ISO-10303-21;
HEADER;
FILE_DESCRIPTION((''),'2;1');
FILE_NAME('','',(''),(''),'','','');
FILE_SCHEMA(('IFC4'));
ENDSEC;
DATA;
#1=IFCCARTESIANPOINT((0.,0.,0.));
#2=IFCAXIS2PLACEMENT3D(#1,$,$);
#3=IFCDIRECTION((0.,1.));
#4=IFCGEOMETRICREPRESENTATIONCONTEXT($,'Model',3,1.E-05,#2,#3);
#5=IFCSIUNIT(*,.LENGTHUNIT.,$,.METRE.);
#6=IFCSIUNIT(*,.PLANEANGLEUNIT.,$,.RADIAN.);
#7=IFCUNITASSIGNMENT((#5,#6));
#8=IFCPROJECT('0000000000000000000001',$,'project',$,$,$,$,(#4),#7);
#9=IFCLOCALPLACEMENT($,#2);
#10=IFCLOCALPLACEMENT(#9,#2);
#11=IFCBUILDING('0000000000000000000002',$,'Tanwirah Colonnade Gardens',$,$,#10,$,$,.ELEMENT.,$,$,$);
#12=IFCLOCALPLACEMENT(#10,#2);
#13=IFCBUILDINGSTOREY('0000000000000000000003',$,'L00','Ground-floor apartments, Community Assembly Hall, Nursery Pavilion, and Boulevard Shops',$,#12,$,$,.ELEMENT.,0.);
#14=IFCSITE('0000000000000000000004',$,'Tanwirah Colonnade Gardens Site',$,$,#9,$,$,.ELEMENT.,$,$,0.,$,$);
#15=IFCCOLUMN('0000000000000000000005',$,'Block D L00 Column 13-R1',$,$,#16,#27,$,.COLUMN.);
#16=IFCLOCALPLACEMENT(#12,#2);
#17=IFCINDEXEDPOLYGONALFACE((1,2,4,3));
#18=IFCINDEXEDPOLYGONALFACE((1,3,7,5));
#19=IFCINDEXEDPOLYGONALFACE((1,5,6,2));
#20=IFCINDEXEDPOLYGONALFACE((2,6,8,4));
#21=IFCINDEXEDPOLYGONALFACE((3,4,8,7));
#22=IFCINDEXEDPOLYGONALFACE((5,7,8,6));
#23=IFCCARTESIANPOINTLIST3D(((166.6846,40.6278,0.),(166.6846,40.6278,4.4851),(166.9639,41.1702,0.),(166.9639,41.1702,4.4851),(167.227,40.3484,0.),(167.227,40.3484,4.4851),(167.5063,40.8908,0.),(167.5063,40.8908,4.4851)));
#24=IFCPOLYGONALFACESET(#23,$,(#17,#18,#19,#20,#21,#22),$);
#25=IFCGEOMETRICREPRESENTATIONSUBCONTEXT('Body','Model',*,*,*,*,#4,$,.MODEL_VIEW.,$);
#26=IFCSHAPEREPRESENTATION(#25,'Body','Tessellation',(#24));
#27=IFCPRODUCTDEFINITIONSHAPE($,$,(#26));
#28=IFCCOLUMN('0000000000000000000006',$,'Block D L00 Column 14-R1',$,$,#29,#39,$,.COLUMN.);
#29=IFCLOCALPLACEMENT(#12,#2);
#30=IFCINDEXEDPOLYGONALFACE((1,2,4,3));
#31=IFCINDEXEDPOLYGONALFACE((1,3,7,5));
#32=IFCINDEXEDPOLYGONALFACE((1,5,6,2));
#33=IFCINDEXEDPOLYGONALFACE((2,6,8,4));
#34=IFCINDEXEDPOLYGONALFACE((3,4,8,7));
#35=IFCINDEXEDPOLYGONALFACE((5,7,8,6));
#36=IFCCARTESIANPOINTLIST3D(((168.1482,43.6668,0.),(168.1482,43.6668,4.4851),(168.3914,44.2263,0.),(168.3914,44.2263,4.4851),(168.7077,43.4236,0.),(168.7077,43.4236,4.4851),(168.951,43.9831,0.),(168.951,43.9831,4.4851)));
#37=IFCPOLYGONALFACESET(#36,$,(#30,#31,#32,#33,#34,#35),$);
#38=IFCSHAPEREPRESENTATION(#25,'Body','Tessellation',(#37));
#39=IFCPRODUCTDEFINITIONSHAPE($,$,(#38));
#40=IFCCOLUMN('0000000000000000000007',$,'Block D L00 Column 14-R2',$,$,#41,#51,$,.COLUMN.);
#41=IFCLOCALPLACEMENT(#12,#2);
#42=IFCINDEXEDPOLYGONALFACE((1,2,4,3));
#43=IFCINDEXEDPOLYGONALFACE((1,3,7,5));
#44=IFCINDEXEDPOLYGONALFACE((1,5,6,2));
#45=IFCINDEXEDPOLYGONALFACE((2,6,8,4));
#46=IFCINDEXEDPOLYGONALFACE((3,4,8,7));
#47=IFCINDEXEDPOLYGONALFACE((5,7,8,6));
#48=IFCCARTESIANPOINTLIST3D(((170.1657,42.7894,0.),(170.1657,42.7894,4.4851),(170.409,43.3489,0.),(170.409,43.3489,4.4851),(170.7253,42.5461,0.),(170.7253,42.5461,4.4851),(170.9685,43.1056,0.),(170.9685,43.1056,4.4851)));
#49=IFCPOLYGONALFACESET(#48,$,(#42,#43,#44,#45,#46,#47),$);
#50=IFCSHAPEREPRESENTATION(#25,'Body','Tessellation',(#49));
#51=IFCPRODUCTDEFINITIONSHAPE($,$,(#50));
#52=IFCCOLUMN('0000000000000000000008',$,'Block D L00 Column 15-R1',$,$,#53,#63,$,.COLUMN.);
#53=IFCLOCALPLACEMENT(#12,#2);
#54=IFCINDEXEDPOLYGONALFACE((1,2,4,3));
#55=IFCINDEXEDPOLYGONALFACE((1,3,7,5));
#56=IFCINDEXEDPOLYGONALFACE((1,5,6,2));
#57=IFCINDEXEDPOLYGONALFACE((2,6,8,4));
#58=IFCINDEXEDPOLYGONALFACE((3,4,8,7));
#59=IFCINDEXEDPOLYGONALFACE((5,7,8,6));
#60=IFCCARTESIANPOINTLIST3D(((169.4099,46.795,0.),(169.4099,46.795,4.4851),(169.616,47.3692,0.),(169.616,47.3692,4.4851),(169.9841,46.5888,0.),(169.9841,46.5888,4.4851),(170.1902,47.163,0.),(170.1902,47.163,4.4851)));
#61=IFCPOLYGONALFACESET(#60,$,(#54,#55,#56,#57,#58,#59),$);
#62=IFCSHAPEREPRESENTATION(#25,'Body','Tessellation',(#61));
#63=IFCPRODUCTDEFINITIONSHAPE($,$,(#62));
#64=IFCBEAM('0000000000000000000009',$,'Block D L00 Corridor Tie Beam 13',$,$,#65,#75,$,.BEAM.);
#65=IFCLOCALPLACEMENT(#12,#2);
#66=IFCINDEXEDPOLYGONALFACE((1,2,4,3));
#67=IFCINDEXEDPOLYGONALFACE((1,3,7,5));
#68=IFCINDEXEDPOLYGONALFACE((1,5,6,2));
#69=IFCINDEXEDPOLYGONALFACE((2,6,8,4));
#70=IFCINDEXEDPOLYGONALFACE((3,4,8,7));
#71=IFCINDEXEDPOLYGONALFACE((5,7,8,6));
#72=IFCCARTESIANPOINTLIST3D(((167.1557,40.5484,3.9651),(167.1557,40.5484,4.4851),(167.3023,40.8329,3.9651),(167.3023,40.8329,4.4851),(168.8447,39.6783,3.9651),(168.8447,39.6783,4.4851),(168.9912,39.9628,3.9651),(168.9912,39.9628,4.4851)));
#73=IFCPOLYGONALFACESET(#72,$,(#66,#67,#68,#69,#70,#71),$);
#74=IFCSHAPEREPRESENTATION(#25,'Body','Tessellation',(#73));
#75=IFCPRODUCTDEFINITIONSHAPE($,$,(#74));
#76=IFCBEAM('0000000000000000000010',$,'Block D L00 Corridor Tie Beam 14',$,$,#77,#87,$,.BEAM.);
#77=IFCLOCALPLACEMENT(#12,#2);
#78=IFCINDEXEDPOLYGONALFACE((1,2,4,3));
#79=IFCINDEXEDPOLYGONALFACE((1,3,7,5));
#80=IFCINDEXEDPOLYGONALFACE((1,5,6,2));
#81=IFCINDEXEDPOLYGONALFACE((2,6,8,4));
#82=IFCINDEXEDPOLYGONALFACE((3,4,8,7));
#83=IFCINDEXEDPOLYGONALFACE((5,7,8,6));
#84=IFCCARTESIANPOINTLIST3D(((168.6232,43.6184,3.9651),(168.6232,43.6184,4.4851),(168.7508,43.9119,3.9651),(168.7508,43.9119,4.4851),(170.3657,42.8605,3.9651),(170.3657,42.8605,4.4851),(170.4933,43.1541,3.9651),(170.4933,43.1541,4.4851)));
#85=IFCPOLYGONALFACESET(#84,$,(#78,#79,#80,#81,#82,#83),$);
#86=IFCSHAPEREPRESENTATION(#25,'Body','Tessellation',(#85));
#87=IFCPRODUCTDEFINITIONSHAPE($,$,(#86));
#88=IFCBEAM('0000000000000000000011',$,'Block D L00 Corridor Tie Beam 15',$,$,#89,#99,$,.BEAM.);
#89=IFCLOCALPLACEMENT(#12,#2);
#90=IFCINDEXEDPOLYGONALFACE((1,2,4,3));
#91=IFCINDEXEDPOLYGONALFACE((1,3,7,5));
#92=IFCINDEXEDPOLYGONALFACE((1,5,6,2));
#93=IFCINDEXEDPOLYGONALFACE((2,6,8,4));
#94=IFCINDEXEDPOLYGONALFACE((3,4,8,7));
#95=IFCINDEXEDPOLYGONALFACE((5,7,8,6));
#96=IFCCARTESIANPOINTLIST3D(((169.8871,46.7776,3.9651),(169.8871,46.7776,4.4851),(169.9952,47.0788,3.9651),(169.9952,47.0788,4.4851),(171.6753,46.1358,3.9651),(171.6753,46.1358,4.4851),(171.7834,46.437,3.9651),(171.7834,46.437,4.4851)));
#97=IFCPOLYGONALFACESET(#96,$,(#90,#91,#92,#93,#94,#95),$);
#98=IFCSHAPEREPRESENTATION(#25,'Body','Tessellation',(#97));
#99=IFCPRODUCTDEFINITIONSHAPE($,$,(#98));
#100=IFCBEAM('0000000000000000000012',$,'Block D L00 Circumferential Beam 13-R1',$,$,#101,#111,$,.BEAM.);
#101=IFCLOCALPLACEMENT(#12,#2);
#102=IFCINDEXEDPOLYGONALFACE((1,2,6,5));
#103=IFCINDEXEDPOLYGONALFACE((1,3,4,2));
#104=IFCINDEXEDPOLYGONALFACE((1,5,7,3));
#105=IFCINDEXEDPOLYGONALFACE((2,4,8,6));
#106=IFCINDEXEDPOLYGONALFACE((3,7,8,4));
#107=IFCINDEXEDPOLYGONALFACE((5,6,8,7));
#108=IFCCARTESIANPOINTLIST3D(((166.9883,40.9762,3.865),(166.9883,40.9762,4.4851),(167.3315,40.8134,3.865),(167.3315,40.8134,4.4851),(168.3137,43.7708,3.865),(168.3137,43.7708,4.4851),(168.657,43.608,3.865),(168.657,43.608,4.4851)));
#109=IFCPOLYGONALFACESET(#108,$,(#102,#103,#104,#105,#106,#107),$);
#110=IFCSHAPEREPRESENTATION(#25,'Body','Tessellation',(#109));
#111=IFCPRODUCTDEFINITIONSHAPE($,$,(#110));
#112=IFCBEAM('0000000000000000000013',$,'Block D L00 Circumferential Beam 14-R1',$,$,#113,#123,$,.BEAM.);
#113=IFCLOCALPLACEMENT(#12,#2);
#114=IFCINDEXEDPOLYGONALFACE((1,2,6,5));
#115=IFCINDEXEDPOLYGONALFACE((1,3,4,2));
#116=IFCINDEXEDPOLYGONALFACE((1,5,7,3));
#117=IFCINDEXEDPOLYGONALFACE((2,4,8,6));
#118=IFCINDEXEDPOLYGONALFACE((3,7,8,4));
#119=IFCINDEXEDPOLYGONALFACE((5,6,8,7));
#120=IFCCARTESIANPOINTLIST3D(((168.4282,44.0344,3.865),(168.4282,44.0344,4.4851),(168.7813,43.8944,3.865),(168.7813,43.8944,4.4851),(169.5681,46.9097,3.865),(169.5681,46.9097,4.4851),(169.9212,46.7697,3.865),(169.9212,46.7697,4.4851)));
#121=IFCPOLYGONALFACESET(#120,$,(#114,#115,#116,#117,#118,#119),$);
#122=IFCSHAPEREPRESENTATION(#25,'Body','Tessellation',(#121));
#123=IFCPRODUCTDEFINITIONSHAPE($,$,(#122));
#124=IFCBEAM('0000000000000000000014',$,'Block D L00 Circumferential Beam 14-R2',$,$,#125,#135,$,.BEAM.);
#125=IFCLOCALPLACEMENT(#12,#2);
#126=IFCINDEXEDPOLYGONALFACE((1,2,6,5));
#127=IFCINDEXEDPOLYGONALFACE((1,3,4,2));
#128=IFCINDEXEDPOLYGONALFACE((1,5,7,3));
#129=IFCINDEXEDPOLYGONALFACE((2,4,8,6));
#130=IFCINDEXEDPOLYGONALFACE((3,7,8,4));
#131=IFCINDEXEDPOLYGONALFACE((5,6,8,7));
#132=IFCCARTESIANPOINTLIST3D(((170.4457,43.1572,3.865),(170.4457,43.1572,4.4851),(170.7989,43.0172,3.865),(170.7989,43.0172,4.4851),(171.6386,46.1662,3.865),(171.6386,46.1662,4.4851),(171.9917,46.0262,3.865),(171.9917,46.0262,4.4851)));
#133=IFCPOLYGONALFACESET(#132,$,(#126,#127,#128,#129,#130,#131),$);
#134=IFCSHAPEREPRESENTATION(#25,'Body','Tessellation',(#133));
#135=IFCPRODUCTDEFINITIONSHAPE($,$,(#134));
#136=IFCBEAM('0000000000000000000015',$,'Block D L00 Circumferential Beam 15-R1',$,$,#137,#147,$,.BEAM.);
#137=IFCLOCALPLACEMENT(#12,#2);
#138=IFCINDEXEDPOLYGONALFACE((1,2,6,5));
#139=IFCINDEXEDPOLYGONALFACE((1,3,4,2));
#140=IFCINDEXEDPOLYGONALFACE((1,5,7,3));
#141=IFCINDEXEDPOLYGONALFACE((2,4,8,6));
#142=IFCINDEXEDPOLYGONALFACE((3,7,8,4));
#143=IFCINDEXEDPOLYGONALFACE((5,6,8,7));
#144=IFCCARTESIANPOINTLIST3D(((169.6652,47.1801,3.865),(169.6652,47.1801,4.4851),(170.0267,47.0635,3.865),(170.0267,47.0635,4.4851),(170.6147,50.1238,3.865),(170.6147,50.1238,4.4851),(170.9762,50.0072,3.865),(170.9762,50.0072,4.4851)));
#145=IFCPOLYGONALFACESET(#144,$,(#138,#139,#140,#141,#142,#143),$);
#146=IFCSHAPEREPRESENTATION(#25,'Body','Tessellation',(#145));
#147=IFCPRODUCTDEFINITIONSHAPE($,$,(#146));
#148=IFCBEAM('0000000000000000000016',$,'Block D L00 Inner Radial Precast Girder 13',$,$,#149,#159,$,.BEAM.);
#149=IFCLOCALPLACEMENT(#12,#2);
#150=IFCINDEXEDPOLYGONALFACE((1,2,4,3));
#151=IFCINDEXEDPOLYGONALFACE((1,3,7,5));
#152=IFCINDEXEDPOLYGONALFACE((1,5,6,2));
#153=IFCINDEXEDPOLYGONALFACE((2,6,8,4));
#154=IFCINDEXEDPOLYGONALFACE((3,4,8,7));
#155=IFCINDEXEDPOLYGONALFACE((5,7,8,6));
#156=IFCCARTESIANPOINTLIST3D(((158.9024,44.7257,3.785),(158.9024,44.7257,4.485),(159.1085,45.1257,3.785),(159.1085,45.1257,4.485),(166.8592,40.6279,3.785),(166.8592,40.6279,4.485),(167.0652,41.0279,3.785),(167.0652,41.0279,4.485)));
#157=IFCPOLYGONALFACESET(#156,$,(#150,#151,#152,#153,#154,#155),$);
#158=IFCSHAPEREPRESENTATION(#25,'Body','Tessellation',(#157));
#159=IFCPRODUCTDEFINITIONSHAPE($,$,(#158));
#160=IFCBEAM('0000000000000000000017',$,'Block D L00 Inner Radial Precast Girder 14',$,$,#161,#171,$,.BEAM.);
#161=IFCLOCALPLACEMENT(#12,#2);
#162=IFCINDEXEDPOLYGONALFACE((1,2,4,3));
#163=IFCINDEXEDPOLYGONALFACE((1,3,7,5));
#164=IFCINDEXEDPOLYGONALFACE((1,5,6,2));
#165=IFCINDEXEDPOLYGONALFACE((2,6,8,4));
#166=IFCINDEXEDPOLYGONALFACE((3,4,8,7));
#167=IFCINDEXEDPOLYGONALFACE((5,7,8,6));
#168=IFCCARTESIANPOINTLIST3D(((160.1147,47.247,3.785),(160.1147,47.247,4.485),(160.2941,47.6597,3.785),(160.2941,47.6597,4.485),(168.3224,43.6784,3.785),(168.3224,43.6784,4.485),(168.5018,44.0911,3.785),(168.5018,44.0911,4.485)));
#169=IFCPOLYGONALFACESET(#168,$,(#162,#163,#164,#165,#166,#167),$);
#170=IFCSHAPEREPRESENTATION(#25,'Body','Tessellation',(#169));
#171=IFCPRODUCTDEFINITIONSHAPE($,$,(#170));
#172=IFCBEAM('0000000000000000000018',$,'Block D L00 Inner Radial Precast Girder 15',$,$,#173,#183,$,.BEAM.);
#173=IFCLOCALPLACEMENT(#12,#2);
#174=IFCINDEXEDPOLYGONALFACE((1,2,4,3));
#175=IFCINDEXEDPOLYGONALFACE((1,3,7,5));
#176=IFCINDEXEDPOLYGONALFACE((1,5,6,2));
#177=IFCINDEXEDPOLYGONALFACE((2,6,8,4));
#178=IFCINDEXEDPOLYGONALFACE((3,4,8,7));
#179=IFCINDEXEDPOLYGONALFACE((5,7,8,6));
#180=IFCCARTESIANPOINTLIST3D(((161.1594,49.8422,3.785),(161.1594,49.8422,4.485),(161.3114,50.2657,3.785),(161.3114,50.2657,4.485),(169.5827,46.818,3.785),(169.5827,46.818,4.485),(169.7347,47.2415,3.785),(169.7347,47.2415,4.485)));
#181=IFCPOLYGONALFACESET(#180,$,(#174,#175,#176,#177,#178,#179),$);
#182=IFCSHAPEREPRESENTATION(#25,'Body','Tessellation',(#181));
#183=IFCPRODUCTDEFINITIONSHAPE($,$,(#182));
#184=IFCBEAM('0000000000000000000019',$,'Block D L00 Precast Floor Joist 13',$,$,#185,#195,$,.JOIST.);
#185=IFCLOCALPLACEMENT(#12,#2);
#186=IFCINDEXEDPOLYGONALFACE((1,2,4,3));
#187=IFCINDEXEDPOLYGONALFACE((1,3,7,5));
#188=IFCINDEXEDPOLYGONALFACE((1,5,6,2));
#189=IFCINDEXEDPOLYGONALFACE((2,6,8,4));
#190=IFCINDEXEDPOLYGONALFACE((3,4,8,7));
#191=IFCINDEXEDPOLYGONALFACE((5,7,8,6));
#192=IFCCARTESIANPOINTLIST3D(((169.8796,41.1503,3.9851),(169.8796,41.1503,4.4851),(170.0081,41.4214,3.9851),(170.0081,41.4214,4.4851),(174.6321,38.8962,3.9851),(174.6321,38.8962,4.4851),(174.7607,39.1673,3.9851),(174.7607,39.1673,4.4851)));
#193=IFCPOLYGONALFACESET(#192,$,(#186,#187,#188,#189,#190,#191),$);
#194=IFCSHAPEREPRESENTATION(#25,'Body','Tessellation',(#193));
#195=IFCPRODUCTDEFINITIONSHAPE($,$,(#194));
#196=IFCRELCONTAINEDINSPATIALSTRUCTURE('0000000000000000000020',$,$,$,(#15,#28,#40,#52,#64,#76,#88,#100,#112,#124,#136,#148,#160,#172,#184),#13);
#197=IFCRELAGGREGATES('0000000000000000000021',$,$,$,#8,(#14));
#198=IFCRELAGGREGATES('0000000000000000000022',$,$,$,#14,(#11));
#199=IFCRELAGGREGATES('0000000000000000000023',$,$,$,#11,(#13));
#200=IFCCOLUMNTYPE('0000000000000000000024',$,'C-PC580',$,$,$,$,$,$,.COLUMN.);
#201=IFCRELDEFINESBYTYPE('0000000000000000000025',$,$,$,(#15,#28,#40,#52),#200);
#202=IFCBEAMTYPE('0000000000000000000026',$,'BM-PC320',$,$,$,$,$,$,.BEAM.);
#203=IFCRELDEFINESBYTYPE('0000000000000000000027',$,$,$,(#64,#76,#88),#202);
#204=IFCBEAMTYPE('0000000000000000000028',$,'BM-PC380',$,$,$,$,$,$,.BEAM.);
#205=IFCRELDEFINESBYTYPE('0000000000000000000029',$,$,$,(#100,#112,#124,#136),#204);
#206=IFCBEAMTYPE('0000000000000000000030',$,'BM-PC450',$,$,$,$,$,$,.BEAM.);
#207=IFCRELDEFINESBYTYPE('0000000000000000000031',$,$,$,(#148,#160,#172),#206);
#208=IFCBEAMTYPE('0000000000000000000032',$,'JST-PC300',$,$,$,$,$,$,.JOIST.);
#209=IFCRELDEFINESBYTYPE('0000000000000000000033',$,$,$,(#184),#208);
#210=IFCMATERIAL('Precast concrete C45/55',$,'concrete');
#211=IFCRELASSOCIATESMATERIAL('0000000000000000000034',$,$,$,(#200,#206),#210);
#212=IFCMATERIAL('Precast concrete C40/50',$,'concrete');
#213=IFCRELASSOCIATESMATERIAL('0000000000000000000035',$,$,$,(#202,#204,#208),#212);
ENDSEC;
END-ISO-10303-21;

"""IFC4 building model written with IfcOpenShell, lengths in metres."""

from ifc_helpers import new_model, si_unit, direction, frame, origin, origin_2d, place, context, subcontext, project, spatial, rectangle, extrude, material, material_profile, profile_set, type_object, element, save


model = new_model("IFC4")

# Units and contexts
model_context = context("Model", 3, precision=1e-05, world=origin(), true_north=direction((0.0, 1.0)))
body_context = subcontext(model_context, "Body", "Model", "MODEL_VIEW")
ifc_project = project(units=[si_unit("LENGTHUNIT", "METRE"), si_unit("PLANEANGLEUNIT", "RADIAN")], contexts=[model_context])

# Site, building, storey
site_placement = place(None, origin())
site = spatial("IfcSite", under=ifc_project, at=site_placement, Name="Tanwirah Colonnade Gardens Site", CompositionType="ELEMENT", RefElevation=0.0)
building_placement = place(site_placement, origin())
building = spatial("IfcBuilding", under=site, at=building_placement, Name="Tanwirah Colonnade Gardens", CompositionType="ELEMENT")
storey_placement = place(building_placement, origin())
storey = spatial("IfcBuildingStorey", under=building, at=storey_placement, Name="L00", Description="Ground-floor apartments, Community Assembly Hall, Nursery Pavilion, and Boulevard Shops", CompositionType="ELEMENT", Elevation=0.0)

# Columns
ifc_material_1 = material(Name="Precast concrete C45/55", Category="concrete")
ifc_material_profile_1 = material_profile(ifc_material_1, rectangle(XDim=0.6101, YDim=0.6101, at=origin_2d()), Name="PC-COL 610x610")
ifc_profile_set_1 = profile_set([ifc_material_profile_1], Name="Precast concrete C45/55")
column_type = type_object("IfcColumnType", Name="C-PC580", PredefinedType="COLUMN", material=ifc_profile_set_1)
for number, where, z_axis, x_axis, name in (
    (1, (167.0955, 40.7593, 0.0), (0.0, 0.0, 1.0), (0.889017, -0.457874, 0.0), "Block D L00 Column 13-R1"),
    (2, (168.5496, 43.825, 0.0), (0.0, 0.0, 1.0), (0.91706, -0.398749, 0.0), "Block D L00 Column 14-R1"),
    (3, (170.5671, 42.9475, 0.0), (0.0, 0.0, 1.0), (0.91706, -0.398749, 0.0), "Block D L00 Column 14-R2"),
    (4, (169.8, 46.979, 0.0), (0.0, 0.0, 1.0), (0.941176, -0.337917, 0.0), "Block D L00 Column 15-R1"),
):
    element("IfcColumn", number, at=place(storey_placement, frame(where, z_axis=z_axis, x_axis=x_axis)), inside=storey, type_object=column_type, Name=name, PredefinedType="COLUMN", context=body_context, shape_type="SweptSolid", body=[
        extrude(rectangle(XDim=0.6101, YDim=0.6101, at=origin_2d()), origin(), (0.0, 0.0, 1.0), 4.4851),
    ])

# Beams
ifc_material_2 = material(Name="Precast concrete C40/50", Category="concrete")
ifc_material_profile_2 = material_profile(ifc_material_2, rectangle(XDim=0.3201, YDim=0.52, at=origin_2d()), Name="PC-BM 320x520")
ifc_profile_set_2 = profile_set([ifc_material_profile_2], Name="Precast concrete C40/50")
beam_type_1 = type_object("IfcBeamType", Name="BM-PC320", PredefinedType="BEAM", material=ifc_profile_set_2)
beam_1_placement = place(storey_placement, frame((167.229, 40.6907, 4.2251), z_axis=(0.888965, -0.457975, 0.0), x_axis=(0.457975, 0.888965, 0.0)))
element("IfcBeam", 5, at=beam_1_placement, inside=storey, type_object=beam_type_1, Name="Block D L00 Corridor Tie Beam 13", PredefinedType="BEAM", context=body_context, shape_type="SweptSolid", body=[
    extrude(rectangle(XDim=0.3201, YDim=0.52, at=origin_2d()), origin(), (0.0, 0.0, 1.0), 1.8999),
])
beam_2_placement = place(storey_placement, frame((168.687, 43.7651, 4.2251), z_axis=(0.917025, -0.398829, 0.0), x_axis=(0.398829, 0.917025, 0.0)))
element("IfcBeam", 6, at=beam_2_placement, inside=storey, type_object=beam_type_1, Name="Block D L00 Corridor Tie Beam 14", PredefinedType="BEAM", context=body_context, shape_type="SweptSolid", body=[
    extrude(rectangle(XDim=0.3201, YDim=0.52, at=origin_2d()), origin(), (0.0, 0.0, 1.0), 1.9001),
])
beam_3_placement = place(storey_placement, frame((169.9412, 46.9282, 4.2251), z_axis=(0.941215, -0.337809, 0.0), x_axis=(0.337809, 0.941215, 0.0)))
element("IfcBeam", 7, at=beam_3_placement, inside=storey, type_object=beam_type_1, Name="Block D L00 Corridor Tie Beam 15", PredefinedType="BEAM", context=body_context, shape_type="SweptSolid", body=[
    extrude(rectangle(XDim=0.3201, YDim=0.52, at=origin_2d()), origin(), (0.0, 0.0, 1.0), 1.8999),
])
ifc_material_profile_3 = material_profile(ifc_material_2, rectangle(XDim=0.3799, YDim=0.6201, at=origin_2d()), Name="PC-BM 380x620")
ifc_profile_set_3 = profile_set([ifc_material_profile_3], Name="Precast concrete C40/50")
beam_type_2 = type_object("IfcBeamType", Name="BM-PC380", PredefinedType="BEAM", material=ifc_profile_set_3)
for number, where, z_axis, x_axis, name in (
    (8, (167.1599, 40.8948, 4.175), (0.428521, 0.903532, 0.0), (-0.903532, 0.428521, 0.0), "Block D L00 Circumferential Beam 13-R1"),
    (9, (168.6047, 43.9644, 4.175), (0.368545, 0.92961, 0.0), (-0.92961, 0.368545, 0.0), "Block D L00 Circumferential Beam 14-R1"),
):
    element("IfcBeam", number, at=place(storey_placement, frame(where, z_axis=z_axis, x_axis=x_axis)), inside=storey, type_object=beam_type_2, Name=name, PredefinedType="BEAM", context=body_context, shape_type="SweptSolid", body=[
        extrude(rectangle(XDim=0.3799, YDim=0.6201, at=origin_2d()), origin(), (0.0, 0.0, 1.0), 3.093),
    ])
beam_4_placement = place(storey_placement, frame((170.6223, 43.0872, 4.175), z_axis=(0.368528, 0.929617, 0.0), x_axis=(-0.929617, 0.368528, 0.0)))
element("IfcBeam", 10, at=beam_4_placement, inside=storey, type_object=beam_type_2, Name="Block D L00 Circumferential Beam 14-R2", PredefinedType="BEAM", context=body_context, shape_type="SweptSolid", body=[
    extrude(rectangle(XDim=0.3799, YDim=0.6201, at=origin_2d()), origin(), (0.0, 0.0, 1.0), 3.2368),
])
beam_5_placement = place(storey_placement, frame((169.8459, 47.1218, 4.175), z_axis=(0.306977, 0.951717, 0.0), x_axis=(-0.951717, 0.306977, 0.0)))
element("IfcBeam", 11, at=beam_5_placement, inside=storey, type_object=beam_type_2, Name="Block D L00 Circumferential Beam 15-R1", PredefinedType="BEAM", context=body_context, shape_type="SweptSolid", body=[
    extrude(rectangle(XDim=0.3799, YDim=0.6201, at=origin_2d()), origin(), (0.0, 0.0, 1.0), 3.093),
])
ifc_material_profile_4 = material_profile(ifc_material_1, rectangle(XDim=0.45, YDim=0.7, at=origin_2d()), Name="PC-BM 450x700")
ifc_profile_set_4 = profile_set([ifc_material_profile_4], Name="Precast concrete C45/55")
beam_type_3 = type_object("IfcBeamType", Name="BM-PC450", PredefinedType="BEAM", material=ifc_profile_set_4)
for number, where, z_axis, x_axis, name in (
    (12, (166.9622, 40.8279, 4.135), (-0.889022, 0.457864, 0.0), (-0.457864, -0.889022, 0.0), "Block D L00 Inner Radial Precast Girder 13"),
    (13, (168.4121, 43.8848, 4.135), (-0.91707, 0.398727, 0.0), (-0.398727, -0.91707, 0.0), "Block D L00 Inner Radial Precast Girder 14"),
):
    element("IfcBeam", number, at=place(storey_placement, frame(where, z_axis=z_axis, x_axis=x_axis)), inside=storey, type_object=beam_type_3, Name=name, PredefinedType="BEAM", context=body_context, shape_type="SweptSolid", body=[
        extrude(rectangle(XDim=0.45, YDim=0.7, at=origin_2d()), origin(), (0.0, 0.0, 1.0), 8.95),
    ])
beam_6_placement = place(storey_placement, frame((169.6587, 47.0298, 4.135), z_axis=(-0.94118, 0.337905, 0.0), x_axis=(-0.337905, -0.94118, 0.0)))
element("IfcBeam", 14, at=beam_6_placement, inside=storey, type_object=beam_type_3, Name="Block D L00 Inner Radial Precast Girder 15", PredefinedType="BEAM", context=body_context, shape_type="SweptSolid", body=[
    extrude(rectangle(XDim=0.45, YDim=0.7, at=origin_2d()), origin(), (0.0, 0.0, 1.0), 8.9497),
])
ifc_material_profile_5 = material_profile(ifc_material_2, rectangle(XDim=0.3, YDim=0.5, at=origin_2d()), Name="PC-JST 300x500")
ifc_profile_set_5 = profile_set([ifc_material_profile_5], Name="Precast concrete C40/50")
beam_type_4 = type_object("IfcBeamType", Name="JST-PC300", PredefinedType="JOIST", material=ifc_profile_set_5)
beam_7_placement = place(storey_placement, frame((169.9438, 41.2859, 4.2351), z_axis=(0.903518, -0.428551, 0.0), x_axis=(0.428551, 0.903518, 0.0)))
element("IfcBeam", 15, at=beam_7_placement, inside=storey, type_object=beam_type_4, Name="Block D L00 Precast Floor Joist 13", PredefinedType="JOIST", context=body_context, shape_type="SweptSolid", body=[
    extrude(rectangle(XDim=0.3, YDim=0.5, at=origin_2d()), origin(), (0.0, 0.0, 1.0), 5.26),
])

save(model, "model.ifc")
